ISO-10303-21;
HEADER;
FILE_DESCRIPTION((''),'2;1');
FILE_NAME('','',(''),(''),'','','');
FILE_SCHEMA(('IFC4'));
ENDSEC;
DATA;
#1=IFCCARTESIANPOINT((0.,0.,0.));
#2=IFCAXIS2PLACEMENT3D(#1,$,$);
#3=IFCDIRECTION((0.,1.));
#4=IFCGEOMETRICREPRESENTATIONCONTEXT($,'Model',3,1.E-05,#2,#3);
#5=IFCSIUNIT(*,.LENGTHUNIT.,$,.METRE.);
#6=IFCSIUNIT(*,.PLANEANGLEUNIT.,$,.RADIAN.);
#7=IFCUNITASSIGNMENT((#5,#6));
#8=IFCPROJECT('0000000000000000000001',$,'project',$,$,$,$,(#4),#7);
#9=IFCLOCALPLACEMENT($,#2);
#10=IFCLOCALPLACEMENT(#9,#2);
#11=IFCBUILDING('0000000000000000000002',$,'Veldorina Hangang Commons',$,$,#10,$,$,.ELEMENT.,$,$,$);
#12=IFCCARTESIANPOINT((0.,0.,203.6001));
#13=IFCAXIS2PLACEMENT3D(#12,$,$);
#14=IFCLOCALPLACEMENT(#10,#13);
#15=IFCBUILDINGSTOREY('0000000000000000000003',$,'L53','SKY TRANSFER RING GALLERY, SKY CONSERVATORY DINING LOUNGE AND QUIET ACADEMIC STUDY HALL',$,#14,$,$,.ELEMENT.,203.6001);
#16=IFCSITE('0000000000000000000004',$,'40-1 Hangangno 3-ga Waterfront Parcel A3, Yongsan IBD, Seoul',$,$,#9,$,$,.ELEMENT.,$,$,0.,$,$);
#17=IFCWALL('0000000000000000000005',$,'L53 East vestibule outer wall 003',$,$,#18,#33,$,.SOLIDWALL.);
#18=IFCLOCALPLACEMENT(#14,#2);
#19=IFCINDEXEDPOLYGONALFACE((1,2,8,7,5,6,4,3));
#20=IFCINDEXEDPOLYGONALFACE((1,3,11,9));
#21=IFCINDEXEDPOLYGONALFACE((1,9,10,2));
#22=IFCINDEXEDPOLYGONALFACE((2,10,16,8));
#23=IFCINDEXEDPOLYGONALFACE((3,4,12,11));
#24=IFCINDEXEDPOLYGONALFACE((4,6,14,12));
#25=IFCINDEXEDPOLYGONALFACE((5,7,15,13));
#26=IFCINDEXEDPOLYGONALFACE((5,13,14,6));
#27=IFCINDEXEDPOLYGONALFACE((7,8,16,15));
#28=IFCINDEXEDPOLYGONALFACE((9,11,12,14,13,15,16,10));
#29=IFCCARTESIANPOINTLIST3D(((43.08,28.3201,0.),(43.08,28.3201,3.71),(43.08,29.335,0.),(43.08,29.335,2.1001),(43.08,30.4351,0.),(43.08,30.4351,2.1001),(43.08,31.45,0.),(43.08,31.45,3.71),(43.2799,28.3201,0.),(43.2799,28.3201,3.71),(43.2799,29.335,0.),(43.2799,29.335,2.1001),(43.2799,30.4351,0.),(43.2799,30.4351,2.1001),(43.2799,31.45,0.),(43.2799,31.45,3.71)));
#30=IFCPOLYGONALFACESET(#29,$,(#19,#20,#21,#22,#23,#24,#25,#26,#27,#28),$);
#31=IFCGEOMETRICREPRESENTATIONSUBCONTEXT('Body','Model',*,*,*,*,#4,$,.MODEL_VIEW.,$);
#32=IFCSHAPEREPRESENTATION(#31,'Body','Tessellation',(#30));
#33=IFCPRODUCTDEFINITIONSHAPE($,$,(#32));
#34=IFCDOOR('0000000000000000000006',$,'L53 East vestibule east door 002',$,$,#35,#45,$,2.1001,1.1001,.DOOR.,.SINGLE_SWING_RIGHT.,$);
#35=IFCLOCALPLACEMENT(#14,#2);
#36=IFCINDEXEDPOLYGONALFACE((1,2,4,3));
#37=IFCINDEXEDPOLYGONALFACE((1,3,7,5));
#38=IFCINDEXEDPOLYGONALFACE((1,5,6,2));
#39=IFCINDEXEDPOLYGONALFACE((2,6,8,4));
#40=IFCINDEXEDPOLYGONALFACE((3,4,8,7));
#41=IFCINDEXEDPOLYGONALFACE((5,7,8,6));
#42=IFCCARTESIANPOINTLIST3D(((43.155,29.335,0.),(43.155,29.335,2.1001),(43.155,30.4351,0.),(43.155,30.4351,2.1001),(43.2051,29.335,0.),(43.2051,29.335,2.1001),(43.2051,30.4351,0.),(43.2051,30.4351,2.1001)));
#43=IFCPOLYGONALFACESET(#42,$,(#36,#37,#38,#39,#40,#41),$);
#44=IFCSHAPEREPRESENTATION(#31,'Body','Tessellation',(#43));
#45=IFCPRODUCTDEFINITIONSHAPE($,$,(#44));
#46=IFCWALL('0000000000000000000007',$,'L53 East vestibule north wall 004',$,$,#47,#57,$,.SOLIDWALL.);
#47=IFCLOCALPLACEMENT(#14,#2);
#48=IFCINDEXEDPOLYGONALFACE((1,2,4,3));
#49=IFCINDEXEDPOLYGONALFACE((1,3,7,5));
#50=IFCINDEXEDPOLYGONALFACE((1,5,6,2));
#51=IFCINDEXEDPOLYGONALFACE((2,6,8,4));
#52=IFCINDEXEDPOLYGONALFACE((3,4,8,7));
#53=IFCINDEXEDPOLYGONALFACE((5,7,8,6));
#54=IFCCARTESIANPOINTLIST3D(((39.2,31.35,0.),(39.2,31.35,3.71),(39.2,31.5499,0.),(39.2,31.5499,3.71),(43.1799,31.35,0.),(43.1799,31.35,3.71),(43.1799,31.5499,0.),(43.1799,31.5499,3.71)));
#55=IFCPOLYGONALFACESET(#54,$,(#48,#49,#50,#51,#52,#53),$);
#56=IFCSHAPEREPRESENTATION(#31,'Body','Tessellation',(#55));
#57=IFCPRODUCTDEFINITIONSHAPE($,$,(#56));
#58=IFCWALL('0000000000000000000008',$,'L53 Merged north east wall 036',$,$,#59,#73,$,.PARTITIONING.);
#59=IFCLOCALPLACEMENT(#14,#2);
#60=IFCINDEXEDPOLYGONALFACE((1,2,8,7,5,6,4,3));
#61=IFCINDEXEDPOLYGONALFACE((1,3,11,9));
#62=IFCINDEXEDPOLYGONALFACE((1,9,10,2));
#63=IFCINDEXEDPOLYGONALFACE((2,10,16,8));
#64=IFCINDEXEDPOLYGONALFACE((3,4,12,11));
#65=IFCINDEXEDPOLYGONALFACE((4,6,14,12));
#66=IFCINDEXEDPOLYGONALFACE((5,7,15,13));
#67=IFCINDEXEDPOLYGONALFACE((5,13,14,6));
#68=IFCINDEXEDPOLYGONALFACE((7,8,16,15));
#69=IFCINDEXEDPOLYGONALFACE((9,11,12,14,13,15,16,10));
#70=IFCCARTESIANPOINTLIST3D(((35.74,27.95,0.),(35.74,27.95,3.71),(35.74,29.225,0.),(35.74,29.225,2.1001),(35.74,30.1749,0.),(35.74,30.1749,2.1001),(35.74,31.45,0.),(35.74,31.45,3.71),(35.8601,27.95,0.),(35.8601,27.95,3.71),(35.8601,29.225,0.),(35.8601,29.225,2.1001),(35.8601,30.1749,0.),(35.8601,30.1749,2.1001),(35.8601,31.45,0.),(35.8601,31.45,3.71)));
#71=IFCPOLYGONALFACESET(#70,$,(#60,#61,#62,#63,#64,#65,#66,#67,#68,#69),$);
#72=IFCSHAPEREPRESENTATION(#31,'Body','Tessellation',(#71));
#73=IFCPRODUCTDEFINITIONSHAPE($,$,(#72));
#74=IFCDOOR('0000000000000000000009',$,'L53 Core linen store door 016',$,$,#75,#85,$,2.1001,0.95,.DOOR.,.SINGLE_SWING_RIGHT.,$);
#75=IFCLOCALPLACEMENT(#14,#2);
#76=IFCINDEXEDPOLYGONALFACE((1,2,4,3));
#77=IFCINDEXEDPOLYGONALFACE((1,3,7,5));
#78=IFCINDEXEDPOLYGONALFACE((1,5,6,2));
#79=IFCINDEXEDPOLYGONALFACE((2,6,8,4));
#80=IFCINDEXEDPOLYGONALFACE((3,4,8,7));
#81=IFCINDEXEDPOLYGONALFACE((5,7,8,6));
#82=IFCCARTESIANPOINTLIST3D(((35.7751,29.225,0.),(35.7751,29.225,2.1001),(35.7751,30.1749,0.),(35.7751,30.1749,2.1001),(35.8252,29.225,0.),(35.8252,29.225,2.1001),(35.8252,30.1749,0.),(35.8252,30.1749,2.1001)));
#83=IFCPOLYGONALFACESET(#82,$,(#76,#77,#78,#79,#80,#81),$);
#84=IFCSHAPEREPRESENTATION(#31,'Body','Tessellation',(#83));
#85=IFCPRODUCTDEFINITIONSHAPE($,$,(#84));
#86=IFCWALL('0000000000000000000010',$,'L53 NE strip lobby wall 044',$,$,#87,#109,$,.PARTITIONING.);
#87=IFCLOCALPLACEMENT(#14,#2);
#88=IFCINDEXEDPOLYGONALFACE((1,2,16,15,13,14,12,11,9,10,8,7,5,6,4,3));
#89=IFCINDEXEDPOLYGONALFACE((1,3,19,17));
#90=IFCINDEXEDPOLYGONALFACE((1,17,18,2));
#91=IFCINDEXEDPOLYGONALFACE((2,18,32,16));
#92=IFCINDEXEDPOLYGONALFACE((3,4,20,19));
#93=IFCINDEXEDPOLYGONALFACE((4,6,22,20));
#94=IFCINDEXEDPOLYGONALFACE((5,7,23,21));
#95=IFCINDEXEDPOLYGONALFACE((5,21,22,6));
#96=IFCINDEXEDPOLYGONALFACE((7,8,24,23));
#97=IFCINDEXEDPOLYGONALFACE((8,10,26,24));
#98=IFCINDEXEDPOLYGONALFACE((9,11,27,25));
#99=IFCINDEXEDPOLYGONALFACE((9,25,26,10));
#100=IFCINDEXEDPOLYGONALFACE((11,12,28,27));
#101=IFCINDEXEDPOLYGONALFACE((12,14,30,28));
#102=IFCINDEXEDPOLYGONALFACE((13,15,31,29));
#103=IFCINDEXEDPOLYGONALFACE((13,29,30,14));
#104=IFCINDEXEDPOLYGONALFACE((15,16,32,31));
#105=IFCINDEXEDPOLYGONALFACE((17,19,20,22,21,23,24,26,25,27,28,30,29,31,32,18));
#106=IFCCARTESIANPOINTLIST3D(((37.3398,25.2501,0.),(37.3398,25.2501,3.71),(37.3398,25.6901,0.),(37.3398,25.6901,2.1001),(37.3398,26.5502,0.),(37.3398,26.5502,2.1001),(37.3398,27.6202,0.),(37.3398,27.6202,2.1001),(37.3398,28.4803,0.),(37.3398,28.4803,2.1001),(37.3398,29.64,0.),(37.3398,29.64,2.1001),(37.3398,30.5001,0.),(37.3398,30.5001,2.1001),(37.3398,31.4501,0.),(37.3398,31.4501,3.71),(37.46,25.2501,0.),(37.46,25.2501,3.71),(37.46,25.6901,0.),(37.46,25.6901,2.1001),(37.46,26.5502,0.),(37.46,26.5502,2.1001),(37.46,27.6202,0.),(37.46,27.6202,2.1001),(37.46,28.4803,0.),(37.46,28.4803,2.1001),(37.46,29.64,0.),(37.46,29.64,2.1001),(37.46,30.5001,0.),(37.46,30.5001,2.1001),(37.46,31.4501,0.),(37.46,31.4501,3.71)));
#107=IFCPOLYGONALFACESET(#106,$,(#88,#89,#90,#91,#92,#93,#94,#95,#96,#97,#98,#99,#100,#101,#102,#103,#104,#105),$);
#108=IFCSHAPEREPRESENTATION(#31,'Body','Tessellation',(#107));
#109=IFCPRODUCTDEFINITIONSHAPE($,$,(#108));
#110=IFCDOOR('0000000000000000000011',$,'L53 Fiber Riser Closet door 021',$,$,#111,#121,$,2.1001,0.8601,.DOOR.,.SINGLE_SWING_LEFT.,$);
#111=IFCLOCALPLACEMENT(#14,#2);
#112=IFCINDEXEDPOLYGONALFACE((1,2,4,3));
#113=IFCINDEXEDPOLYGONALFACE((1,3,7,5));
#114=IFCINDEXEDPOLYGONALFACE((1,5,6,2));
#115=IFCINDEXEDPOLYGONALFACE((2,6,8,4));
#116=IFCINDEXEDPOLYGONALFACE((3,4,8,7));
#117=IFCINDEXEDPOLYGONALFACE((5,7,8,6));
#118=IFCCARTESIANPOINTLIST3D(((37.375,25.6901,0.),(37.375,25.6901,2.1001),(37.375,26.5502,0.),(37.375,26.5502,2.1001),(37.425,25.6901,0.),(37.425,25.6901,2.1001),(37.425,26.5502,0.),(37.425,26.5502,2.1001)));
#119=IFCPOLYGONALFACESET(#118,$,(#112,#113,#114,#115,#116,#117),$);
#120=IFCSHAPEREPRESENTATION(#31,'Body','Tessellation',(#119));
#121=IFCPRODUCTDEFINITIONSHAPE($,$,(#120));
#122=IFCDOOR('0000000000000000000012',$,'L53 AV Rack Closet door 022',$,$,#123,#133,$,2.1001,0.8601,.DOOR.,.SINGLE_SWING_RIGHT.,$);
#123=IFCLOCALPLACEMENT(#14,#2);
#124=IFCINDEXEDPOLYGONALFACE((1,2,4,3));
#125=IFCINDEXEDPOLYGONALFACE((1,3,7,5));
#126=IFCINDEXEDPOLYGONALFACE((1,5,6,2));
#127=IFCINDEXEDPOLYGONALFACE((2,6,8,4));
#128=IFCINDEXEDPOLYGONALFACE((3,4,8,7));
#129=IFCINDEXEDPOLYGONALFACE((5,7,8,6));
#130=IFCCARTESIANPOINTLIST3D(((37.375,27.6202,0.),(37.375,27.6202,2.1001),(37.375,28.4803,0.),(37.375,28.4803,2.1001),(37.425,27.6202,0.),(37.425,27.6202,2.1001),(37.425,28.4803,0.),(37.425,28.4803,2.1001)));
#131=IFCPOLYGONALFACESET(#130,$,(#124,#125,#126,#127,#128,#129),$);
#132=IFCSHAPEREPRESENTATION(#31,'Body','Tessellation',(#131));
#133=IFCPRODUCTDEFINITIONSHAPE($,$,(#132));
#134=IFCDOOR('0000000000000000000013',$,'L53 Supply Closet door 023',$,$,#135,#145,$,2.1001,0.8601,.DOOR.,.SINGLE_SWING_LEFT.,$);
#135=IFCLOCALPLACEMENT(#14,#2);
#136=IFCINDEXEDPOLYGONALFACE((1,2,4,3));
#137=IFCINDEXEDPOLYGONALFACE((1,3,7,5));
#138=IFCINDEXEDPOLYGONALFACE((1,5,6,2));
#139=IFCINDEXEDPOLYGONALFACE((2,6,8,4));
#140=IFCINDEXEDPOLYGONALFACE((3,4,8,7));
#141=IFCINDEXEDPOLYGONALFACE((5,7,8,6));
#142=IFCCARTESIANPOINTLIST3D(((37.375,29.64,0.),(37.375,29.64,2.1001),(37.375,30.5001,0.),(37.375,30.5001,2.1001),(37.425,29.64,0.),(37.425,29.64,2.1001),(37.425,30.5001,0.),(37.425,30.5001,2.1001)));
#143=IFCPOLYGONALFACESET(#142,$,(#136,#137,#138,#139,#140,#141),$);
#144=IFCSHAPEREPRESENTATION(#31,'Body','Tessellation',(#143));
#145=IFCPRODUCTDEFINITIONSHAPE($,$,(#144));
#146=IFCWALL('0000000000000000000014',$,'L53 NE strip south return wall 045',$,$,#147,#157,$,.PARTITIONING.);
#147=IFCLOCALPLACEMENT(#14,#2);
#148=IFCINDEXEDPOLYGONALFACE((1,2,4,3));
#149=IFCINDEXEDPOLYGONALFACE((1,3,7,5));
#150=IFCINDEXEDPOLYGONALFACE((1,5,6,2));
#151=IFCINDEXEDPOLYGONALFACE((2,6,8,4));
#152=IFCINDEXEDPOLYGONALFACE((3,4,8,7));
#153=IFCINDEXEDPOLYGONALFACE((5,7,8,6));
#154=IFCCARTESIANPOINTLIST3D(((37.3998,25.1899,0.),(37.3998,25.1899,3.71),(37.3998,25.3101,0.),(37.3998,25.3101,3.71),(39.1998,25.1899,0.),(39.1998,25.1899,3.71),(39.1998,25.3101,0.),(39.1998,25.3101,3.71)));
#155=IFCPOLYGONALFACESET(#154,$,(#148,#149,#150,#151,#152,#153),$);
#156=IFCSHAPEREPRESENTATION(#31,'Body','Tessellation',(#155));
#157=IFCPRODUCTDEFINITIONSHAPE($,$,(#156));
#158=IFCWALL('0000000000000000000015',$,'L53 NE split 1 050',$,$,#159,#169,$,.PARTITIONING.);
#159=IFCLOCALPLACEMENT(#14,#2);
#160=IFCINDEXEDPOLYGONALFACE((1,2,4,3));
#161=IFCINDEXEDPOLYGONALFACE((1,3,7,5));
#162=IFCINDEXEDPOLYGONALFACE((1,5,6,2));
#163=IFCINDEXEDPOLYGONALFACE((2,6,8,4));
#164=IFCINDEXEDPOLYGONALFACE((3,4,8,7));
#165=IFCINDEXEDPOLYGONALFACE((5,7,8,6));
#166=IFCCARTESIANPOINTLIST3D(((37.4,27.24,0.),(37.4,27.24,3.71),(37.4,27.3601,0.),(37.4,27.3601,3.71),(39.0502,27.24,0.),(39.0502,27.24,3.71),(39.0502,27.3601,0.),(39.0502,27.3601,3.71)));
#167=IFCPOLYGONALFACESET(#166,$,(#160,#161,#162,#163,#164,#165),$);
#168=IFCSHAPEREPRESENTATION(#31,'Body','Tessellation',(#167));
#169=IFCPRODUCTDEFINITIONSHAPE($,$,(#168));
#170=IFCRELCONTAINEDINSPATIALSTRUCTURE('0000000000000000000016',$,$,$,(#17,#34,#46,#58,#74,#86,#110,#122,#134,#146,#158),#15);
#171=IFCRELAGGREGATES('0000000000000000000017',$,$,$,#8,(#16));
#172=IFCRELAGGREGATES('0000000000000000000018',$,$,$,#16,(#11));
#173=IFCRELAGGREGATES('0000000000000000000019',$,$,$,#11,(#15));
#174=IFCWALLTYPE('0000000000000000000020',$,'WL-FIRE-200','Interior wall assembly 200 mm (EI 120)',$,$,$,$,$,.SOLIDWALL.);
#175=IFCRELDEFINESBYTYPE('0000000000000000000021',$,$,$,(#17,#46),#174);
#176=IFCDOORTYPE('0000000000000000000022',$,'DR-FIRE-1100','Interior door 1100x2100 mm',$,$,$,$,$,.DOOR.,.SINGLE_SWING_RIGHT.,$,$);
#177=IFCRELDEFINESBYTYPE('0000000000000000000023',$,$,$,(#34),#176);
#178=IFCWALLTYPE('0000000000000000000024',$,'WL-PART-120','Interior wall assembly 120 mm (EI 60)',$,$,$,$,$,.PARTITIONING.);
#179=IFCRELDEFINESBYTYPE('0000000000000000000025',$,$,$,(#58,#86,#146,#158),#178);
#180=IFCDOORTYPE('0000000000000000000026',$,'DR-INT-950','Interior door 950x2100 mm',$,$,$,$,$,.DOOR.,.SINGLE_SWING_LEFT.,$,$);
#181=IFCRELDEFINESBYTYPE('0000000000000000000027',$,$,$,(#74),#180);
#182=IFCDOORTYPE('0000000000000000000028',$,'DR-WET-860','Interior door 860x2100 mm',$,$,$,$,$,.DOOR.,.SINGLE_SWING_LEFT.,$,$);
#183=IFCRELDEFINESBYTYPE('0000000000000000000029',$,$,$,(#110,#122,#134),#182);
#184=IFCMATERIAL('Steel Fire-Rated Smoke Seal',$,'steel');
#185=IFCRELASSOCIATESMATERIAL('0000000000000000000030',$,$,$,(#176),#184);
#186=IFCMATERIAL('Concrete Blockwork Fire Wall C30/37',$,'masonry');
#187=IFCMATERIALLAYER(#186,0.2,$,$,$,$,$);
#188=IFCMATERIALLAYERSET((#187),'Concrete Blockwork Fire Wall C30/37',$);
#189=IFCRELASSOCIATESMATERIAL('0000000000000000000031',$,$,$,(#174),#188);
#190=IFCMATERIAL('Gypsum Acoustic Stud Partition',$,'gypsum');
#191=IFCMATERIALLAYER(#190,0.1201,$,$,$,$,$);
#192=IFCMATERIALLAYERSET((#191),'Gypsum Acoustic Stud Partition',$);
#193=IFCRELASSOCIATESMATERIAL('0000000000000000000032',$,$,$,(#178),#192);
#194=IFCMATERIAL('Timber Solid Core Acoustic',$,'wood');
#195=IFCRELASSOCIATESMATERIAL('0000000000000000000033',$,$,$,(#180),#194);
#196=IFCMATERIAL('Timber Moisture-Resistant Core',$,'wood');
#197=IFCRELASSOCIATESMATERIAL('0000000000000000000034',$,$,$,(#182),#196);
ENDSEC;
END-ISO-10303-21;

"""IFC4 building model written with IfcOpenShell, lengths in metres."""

from ifc_helpers import new_model, si_unit, direction, frame, frame_2d, origin, place, context, subcontext, project, spatial, rectangle, extrude, material, layer, layer_set, type_object, element, fill, save


model = new_model("IFC4")

# Units and contexts
model_context = context("Model", 3, precision=1e-05, world=origin(), true_north=direction((0.0, 1.0)))
body_context = subcontext(model_context, "Body", "Model", "MODEL_VIEW")
ifc_project = project(units=[si_unit("LENGTHUNIT", "METRE"), si_unit("PLANEANGLEUNIT", "RADIAN")], contexts=[model_context])

# Site, building, storey
site_placement = place(None, origin())
site = spatial("IfcSite", under=ifc_project, at=site_placement, Name="40-1 Hangangno 3-ga Waterfront Parcel A3, Yongsan IBD, Seoul", CompositionType="ELEMENT", RefElevation=0.0)
building_placement = place(site_placement, origin())
building = spatial("IfcBuilding", under=site, at=building_placement, Name="Veldorina Hangang Commons", CompositionType="ELEMENT")
storey_placement = place(building_placement, frame((0.0, 0.0, 203.6001)))
storey = spatial("IfcBuildingStorey", under=building, at=storey_placement, Name="L53", Description="SKY TRANSFER RING GALLERY, SKY CONSERVATORY DINING LOUNGE AND QUIET ACADEMIC STUDY HALL", CompositionType="ELEMENT", Elevation=203.6001)

# Shared definitions
ifc_material_1 = material(Name="Steel Fire-Rated Smoke Seal", Category="steel")
door_type_1 = type_object("IfcDoorType", Name="DR-FIRE-1100", Description="Interior door 1100x2100 mm", OperationType="SINGLE_SWING_RIGHT", PredefinedType="DOOR", material=ifc_material_1)

# Wall, opening, door
ifc_material_2 = material(Name="Concrete Blockwork Fire Wall C30/37", Category="masonry")
ifc_layer_1 = layer(ifc_material_2, 0.2)
ifc_layer_set_1 = layer_set([ifc_layer_1], Name="Concrete Blockwork Fire Wall C30/37")
wall_type_1 = type_object("IfcWallType", Name="WL-FIRE-200", Description="Interior wall assembly 200 mm (EI 120)", PredefinedType="SOLIDWALL", material=ifc_layer_set_1)
wall_1_placement = place(storey_placement, frame((43.1799, 28.3201, 0.0), z_axis=(0.0, 0.0, 1.0), x_axis=(0.0, 1.0, 0.0)))
wall_1 = element("IfcWall", 1, at=wall_1_placement, inside=storey, type_object=wall_type_1, Name="L53 East vestibule outer wall 003", PredefinedType="SOLIDWALL", context=body_context, shape_type="SweptSolid", body=[
    extrude(rectangle(XDim=3.1299, YDim=0.2, at=frame_2d((1.5649, 0.0))), origin(), (0.0, 0.0, 1.0), 3.71),
])
opening_1_placement = place(wall_1_placement, frame((1.0149, 0.0, 0.0)))
opening_1 = element("IfcOpeningElement", 2, at=opening_1_placement, cuts=wall_1, PredefinedType="OPENING", context=body_context, shape_type="SweptSolid", body=[
    extrude(rectangle(XDim=1.1001, YDim=2.1001, at=frame_2d((0.55, 1.05))), frame((0.0, 0.1099, 0.0), z_axis=(0.0, -1.0, 0.0), x_axis=(1.0, 0.0, 0.0)), (0.0, 0.0, 1.0), 0.22),
])
door_1_placement = place(opening_1_placement, origin())
door_1 = element("IfcDoor", 3, at=door_1_placement, inside=storey, type_object=door_type_1, Name="L53 East vestibule east door 002", OperationType="SINGLE_SWING_RIGHT", OverallHeight=2.1001, OverallWidth=1.1001, PredefinedType="DOOR", context=body_context, shape_type="SweptSolid", body=[
    extrude(rectangle(XDim=1.1001, YDim=2.1001, at=frame_2d((0.55, 1.05))), frame((0.0, 0.0249, 0.0), z_axis=(0.0, -1.0, 0.0), x_axis=(1.0, 0.0, 0.0)), (0.0, 0.0, 1.0), 0.05),
])
fill(opening_1, door_1)

# Wall
wall_2_placement = place(storey_placement, frame((39.2, 31.45, 0.0), z_axis=(0.0, 0.0, 1.0), x_axis=(1.0, 0.0, 0.0)))
element("IfcWall", 4, at=wall_2_placement, inside=storey, type_object=wall_type_1, Name="L53 East vestibule north wall 004", PredefinedType="SOLIDWALL", context=body_context, shape_type="SweptSolid", body=[
    extrude(rectangle(XDim=3.98, YDim=0.2, at=frame_2d((1.99, 0.0))), origin(), (0.0, 0.0, 1.0), 3.71),
])

# Wall, opening, door
ifc_material_3 = material(Name="Gypsum Acoustic Stud Partition", Category="gypsum")
ifc_layer_2 = layer(ifc_material_3, 0.1201)
ifc_layer_set_2 = layer_set([ifc_layer_2], Name="Gypsum Acoustic Stud Partition")
wall_type_2 = type_object("IfcWallType", Name="WL-PART-120", Description="Interior wall assembly 120 mm (EI 60)", PredefinedType="PARTITIONING", material=ifc_layer_set_2)
wall_3_placement = place(storey_placement, frame((35.8, 27.95, 0.0), z_axis=(0.0, 0.0, 1.0), x_axis=(0.0, 1.0, 0.0)))
wall_3 = element("IfcWall", 5, at=wall_3_placement, inside=storey, type_object=wall_type_2, Name="L53 Merged north east wall 036", PredefinedType="PARTITIONING", context=body_context, shape_type="SweptSolid", body=[
    extrude(rectangle(XDim=3.5, YDim=0.1201, at=frame_2d((1.75, 0.0))), origin(), (0.0, 0.0, 1.0), 3.71),
])
opening_2_placement = place(wall_3_placement, frame((1.2749, 0.0, 0.0)))
opening_2 = element("IfcOpeningElement", 6, at=opening_2_placement, cuts=wall_3, PredefinedType="OPENING", context=body_context, shape_type="SweptSolid", body=[
    extrude(rectangle(XDim=0.95, YDim=2.1001, at=frame_2d((0.4751, 1.05))), frame((0.0, 0.0701, 0.0), z_axis=(0.0, -1.0, 0.0), x_axis=(1.0, 0.0, 0.0)), (0.0, 0.0, 1.0), 0.1401),
])
ifc_material_4 = material(Name="Timber Solid Core Acoustic", Category="wood")
door_type_2 = type_object("IfcDoorType", Name="DR-INT-950", Description="Interior door 950x2100 mm", OperationType="SINGLE_SWING_LEFT", PredefinedType="DOOR", material=ifc_material_4)
door_2_placement = place(opening_2_placement, origin())
door_2 = element("IfcDoor", 7, at=door_2_placement, inside=storey, type_object=door_type_2, Name="L53 Core linen store door 016", OperationType="SINGLE_SWING_RIGHT", OverallHeight=2.1001, OverallWidth=0.95, PredefinedType="DOOR", context=body_context, shape_type="SweptSolid", body=[
    extrude(rectangle(XDim=0.95, YDim=2.1001, at=frame_2d((0.4751, 1.05))), frame((0.0, 0.0249, 0.0), z_axis=(0.0, -1.0, 0.0), x_axis=(1.0, 0.0, 0.0)), (0.0, 0.0, 1.0), 0.05),
])
fill(opening_2, door_2)

# Wall, openings, doors
wall_4_placement = place(storey_placement, frame((37.3999, 25.25, 0.0), z_axis=(0.0, 0.0, 1.0), x_axis=(0.0, 1.0, 0.0)))
wall_4 = element("IfcWall", 8, at=wall_4_placement, inside=storey, type_object=wall_type_2, Name="L53 NE strip lobby wall 044", PredefinedType="PARTITIONING", context=body_context, shape_type="SweptSolid", body=[
    extrude(rectangle(XDim=6.2, YDim=0.1201, at=frame_2d((3.1001, 0.0))), origin(), (0.0, 0.0, 1.0), 3.71),
])
opening_3_placement = place(wall_4_placement, frame((0.4399, 0.0, 0.0)))
opening_3 = element("IfcOpeningElement", 9, at=opening_3_placement, cuts=wall_4, PredefinedType="OPENING", context=body_context, shape_type="SweptSolid", body=[
    extrude(rectangle(XDim=0.8601, YDim=2.1001, at=frame_2d((0.4302, 1.05))), frame((0.0, 0.0701, 0.0), z_axis=(0.0, -1.0, 0.0), x_axis=(1.0, 0.0, 0.0)), (0.0, 0.0, 1.0), 0.1401),
])
opening_4_placement = place(wall_4_placement, frame((2.3701, 0.0, 0.0)))
opening_4 = element("IfcOpeningElement", 10, at=opening_4_placement, cuts=wall_4, PredefinedType="OPENING", context=body_context, shape_type="SweptSolid", body=[
    extrude(rectangle(XDim=0.8601, YDim=2.1001, at=frame_2d((0.4302, 1.05))), frame((0.0, 0.0701, 0.0), z_axis=(0.0, -1.0, 0.0), x_axis=(1.0, 0.0, 0.0)), (0.0, 0.0, 1.0), 0.1401),
])
opening_5_placement = place(wall_4_placement, frame((4.3899, 0.0, 0.0)))
opening_5 = element("IfcOpeningElement", 11, at=opening_5_placement, cuts=wall_4, PredefinedType="OPENING", context=body_context, shape_type="SweptSolid", body=[
    extrude(rectangle(XDim=0.8601, YDim=2.1001, at=frame_2d((0.4302, 1.05))), frame((0.0, 0.0701, 0.0), z_axis=(0.0, -1.0, 0.0), x_axis=(1.0, 0.0, 0.0)), (0.0, 0.0, 1.0), 0.1401),
])
ifc_material_5 = material(Name="Timber Moisture-Resistant Core", Category="wood")
door_type_3 = type_object("IfcDoorType", Name="DR-WET-860", Description="Interior door 860x2100 mm", OperationType="SINGLE_SWING_LEFT", PredefinedType="DOOR", material=ifc_material_5)
door_3_placement = place(opening_3_placement, origin())
door_3 = element("IfcDoor", 12, at=door_3_placement, inside=storey, type_object=door_type_3, Name="L53 Fiber Riser Closet door 021", OperationType="SINGLE_SWING_LEFT", OverallHeight=2.1001, OverallWidth=0.8601, PredefinedType="DOOR", context=body_context, shape_type="SweptSolid", body=[
    extrude(rectangle(XDim=0.8601, YDim=2.1001, at=frame_2d((0.4302, 1.05))), frame((0.0, 0.0249, 0.0), z_axis=(0.0, -1.0, 0.0), x_axis=(1.0, 0.0, 0.0)), (0.0, 0.0, 1.0), 0.05),
])
fill(opening_3, door_3)
door_4_placement = place(opening_4_placement, origin())
door_4 = element("IfcDoor", 13, at=door_4_placement, inside=storey, type_object=door_type_3, Name="L53 AV Rack Closet door 022", OperationType="SINGLE_SWING_RIGHT", OverallHeight=2.1001, OverallWidth=0.8601, PredefinedType="DOOR", context=body_context, shape_type="SweptSolid", body=[
    extrude(rectangle(XDim=0.8601, YDim=2.1001, at=frame_2d((0.4302, 1.05))), frame((0.0, 0.0249, 0.0), z_axis=(0.0, -1.0, 0.0), x_axis=(1.0, 0.0, 0.0)), (0.0, 0.0, 1.0), 0.05),
])
fill(opening_4, door_4)
door_5_placement = place(opening_5_placement, origin())
door_5 = element("IfcDoor", 14, at=door_5_placement, inside=storey, type_object=door_type_3, Name="L53 Supply Closet door 023", OperationType="SINGLE_SWING_LEFT", OverallHeight=2.1001, OverallWidth=0.8601, PredefinedType="DOOR", context=body_context, shape_type="SweptSolid", body=[
    extrude(rectangle(XDim=0.8601, YDim=2.1001, at=frame_2d((0.4302, 1.05))), frame((0.0, 0.0249, 0.0), z_axis=(0.0, -1.0, 0.0), x_axis=(1.0, 0.0, 0.0)), (0.0, 0.0, 1.0), 0.05),
])
fill(opening_5, door_5)

# Walls
wall_5_placement = place(storey_placement, frame((37.3999, 25.25, 0.0), z_axis=(0.0, 0.0, 1.0), x_axis=(1.0, 0.0, 0.0)))
element("IfcWall", 15, at=wall_5_placement, inside=storey, type_object=wall_type_2, Name="L53 NE strip south return wall 045", PredefinedType="PARTITIONING", context=body_context, shape_type="SweptSolid", body=[
    extrude(rectangle(XDim=1.8, YDim=0.1201, at=frame_2d((0.8999, 0.0))), origin(), (0.0, 0.0, 1.0), 3.71),
])
for number, where, z_axis, x_axis, name in (
    (16, (37.3999, 27.3, 0.0), (0.0, 0.0, 1.0), (1.0, 0.0, 0.0), "L53 NE split 1 050"),
):
    element("IfcWall", number, at=place(storey_placement, frame(where, z_axis=z_axis, x_axis=x_axis)), inside=storey, type_object=wall_type_2, Name=name, PredefinedType="PARTITIONING", context=body_context, shape_type="SweptSolid", body=[
        extrude(rectangle(XDim=1.6501, YDim=0.1201, at=frame_2d((0.8252, 0.0))), origin(), (0.0, 0.0, 1.0), 3.71),
    ])

save(model, "model.ifc")
